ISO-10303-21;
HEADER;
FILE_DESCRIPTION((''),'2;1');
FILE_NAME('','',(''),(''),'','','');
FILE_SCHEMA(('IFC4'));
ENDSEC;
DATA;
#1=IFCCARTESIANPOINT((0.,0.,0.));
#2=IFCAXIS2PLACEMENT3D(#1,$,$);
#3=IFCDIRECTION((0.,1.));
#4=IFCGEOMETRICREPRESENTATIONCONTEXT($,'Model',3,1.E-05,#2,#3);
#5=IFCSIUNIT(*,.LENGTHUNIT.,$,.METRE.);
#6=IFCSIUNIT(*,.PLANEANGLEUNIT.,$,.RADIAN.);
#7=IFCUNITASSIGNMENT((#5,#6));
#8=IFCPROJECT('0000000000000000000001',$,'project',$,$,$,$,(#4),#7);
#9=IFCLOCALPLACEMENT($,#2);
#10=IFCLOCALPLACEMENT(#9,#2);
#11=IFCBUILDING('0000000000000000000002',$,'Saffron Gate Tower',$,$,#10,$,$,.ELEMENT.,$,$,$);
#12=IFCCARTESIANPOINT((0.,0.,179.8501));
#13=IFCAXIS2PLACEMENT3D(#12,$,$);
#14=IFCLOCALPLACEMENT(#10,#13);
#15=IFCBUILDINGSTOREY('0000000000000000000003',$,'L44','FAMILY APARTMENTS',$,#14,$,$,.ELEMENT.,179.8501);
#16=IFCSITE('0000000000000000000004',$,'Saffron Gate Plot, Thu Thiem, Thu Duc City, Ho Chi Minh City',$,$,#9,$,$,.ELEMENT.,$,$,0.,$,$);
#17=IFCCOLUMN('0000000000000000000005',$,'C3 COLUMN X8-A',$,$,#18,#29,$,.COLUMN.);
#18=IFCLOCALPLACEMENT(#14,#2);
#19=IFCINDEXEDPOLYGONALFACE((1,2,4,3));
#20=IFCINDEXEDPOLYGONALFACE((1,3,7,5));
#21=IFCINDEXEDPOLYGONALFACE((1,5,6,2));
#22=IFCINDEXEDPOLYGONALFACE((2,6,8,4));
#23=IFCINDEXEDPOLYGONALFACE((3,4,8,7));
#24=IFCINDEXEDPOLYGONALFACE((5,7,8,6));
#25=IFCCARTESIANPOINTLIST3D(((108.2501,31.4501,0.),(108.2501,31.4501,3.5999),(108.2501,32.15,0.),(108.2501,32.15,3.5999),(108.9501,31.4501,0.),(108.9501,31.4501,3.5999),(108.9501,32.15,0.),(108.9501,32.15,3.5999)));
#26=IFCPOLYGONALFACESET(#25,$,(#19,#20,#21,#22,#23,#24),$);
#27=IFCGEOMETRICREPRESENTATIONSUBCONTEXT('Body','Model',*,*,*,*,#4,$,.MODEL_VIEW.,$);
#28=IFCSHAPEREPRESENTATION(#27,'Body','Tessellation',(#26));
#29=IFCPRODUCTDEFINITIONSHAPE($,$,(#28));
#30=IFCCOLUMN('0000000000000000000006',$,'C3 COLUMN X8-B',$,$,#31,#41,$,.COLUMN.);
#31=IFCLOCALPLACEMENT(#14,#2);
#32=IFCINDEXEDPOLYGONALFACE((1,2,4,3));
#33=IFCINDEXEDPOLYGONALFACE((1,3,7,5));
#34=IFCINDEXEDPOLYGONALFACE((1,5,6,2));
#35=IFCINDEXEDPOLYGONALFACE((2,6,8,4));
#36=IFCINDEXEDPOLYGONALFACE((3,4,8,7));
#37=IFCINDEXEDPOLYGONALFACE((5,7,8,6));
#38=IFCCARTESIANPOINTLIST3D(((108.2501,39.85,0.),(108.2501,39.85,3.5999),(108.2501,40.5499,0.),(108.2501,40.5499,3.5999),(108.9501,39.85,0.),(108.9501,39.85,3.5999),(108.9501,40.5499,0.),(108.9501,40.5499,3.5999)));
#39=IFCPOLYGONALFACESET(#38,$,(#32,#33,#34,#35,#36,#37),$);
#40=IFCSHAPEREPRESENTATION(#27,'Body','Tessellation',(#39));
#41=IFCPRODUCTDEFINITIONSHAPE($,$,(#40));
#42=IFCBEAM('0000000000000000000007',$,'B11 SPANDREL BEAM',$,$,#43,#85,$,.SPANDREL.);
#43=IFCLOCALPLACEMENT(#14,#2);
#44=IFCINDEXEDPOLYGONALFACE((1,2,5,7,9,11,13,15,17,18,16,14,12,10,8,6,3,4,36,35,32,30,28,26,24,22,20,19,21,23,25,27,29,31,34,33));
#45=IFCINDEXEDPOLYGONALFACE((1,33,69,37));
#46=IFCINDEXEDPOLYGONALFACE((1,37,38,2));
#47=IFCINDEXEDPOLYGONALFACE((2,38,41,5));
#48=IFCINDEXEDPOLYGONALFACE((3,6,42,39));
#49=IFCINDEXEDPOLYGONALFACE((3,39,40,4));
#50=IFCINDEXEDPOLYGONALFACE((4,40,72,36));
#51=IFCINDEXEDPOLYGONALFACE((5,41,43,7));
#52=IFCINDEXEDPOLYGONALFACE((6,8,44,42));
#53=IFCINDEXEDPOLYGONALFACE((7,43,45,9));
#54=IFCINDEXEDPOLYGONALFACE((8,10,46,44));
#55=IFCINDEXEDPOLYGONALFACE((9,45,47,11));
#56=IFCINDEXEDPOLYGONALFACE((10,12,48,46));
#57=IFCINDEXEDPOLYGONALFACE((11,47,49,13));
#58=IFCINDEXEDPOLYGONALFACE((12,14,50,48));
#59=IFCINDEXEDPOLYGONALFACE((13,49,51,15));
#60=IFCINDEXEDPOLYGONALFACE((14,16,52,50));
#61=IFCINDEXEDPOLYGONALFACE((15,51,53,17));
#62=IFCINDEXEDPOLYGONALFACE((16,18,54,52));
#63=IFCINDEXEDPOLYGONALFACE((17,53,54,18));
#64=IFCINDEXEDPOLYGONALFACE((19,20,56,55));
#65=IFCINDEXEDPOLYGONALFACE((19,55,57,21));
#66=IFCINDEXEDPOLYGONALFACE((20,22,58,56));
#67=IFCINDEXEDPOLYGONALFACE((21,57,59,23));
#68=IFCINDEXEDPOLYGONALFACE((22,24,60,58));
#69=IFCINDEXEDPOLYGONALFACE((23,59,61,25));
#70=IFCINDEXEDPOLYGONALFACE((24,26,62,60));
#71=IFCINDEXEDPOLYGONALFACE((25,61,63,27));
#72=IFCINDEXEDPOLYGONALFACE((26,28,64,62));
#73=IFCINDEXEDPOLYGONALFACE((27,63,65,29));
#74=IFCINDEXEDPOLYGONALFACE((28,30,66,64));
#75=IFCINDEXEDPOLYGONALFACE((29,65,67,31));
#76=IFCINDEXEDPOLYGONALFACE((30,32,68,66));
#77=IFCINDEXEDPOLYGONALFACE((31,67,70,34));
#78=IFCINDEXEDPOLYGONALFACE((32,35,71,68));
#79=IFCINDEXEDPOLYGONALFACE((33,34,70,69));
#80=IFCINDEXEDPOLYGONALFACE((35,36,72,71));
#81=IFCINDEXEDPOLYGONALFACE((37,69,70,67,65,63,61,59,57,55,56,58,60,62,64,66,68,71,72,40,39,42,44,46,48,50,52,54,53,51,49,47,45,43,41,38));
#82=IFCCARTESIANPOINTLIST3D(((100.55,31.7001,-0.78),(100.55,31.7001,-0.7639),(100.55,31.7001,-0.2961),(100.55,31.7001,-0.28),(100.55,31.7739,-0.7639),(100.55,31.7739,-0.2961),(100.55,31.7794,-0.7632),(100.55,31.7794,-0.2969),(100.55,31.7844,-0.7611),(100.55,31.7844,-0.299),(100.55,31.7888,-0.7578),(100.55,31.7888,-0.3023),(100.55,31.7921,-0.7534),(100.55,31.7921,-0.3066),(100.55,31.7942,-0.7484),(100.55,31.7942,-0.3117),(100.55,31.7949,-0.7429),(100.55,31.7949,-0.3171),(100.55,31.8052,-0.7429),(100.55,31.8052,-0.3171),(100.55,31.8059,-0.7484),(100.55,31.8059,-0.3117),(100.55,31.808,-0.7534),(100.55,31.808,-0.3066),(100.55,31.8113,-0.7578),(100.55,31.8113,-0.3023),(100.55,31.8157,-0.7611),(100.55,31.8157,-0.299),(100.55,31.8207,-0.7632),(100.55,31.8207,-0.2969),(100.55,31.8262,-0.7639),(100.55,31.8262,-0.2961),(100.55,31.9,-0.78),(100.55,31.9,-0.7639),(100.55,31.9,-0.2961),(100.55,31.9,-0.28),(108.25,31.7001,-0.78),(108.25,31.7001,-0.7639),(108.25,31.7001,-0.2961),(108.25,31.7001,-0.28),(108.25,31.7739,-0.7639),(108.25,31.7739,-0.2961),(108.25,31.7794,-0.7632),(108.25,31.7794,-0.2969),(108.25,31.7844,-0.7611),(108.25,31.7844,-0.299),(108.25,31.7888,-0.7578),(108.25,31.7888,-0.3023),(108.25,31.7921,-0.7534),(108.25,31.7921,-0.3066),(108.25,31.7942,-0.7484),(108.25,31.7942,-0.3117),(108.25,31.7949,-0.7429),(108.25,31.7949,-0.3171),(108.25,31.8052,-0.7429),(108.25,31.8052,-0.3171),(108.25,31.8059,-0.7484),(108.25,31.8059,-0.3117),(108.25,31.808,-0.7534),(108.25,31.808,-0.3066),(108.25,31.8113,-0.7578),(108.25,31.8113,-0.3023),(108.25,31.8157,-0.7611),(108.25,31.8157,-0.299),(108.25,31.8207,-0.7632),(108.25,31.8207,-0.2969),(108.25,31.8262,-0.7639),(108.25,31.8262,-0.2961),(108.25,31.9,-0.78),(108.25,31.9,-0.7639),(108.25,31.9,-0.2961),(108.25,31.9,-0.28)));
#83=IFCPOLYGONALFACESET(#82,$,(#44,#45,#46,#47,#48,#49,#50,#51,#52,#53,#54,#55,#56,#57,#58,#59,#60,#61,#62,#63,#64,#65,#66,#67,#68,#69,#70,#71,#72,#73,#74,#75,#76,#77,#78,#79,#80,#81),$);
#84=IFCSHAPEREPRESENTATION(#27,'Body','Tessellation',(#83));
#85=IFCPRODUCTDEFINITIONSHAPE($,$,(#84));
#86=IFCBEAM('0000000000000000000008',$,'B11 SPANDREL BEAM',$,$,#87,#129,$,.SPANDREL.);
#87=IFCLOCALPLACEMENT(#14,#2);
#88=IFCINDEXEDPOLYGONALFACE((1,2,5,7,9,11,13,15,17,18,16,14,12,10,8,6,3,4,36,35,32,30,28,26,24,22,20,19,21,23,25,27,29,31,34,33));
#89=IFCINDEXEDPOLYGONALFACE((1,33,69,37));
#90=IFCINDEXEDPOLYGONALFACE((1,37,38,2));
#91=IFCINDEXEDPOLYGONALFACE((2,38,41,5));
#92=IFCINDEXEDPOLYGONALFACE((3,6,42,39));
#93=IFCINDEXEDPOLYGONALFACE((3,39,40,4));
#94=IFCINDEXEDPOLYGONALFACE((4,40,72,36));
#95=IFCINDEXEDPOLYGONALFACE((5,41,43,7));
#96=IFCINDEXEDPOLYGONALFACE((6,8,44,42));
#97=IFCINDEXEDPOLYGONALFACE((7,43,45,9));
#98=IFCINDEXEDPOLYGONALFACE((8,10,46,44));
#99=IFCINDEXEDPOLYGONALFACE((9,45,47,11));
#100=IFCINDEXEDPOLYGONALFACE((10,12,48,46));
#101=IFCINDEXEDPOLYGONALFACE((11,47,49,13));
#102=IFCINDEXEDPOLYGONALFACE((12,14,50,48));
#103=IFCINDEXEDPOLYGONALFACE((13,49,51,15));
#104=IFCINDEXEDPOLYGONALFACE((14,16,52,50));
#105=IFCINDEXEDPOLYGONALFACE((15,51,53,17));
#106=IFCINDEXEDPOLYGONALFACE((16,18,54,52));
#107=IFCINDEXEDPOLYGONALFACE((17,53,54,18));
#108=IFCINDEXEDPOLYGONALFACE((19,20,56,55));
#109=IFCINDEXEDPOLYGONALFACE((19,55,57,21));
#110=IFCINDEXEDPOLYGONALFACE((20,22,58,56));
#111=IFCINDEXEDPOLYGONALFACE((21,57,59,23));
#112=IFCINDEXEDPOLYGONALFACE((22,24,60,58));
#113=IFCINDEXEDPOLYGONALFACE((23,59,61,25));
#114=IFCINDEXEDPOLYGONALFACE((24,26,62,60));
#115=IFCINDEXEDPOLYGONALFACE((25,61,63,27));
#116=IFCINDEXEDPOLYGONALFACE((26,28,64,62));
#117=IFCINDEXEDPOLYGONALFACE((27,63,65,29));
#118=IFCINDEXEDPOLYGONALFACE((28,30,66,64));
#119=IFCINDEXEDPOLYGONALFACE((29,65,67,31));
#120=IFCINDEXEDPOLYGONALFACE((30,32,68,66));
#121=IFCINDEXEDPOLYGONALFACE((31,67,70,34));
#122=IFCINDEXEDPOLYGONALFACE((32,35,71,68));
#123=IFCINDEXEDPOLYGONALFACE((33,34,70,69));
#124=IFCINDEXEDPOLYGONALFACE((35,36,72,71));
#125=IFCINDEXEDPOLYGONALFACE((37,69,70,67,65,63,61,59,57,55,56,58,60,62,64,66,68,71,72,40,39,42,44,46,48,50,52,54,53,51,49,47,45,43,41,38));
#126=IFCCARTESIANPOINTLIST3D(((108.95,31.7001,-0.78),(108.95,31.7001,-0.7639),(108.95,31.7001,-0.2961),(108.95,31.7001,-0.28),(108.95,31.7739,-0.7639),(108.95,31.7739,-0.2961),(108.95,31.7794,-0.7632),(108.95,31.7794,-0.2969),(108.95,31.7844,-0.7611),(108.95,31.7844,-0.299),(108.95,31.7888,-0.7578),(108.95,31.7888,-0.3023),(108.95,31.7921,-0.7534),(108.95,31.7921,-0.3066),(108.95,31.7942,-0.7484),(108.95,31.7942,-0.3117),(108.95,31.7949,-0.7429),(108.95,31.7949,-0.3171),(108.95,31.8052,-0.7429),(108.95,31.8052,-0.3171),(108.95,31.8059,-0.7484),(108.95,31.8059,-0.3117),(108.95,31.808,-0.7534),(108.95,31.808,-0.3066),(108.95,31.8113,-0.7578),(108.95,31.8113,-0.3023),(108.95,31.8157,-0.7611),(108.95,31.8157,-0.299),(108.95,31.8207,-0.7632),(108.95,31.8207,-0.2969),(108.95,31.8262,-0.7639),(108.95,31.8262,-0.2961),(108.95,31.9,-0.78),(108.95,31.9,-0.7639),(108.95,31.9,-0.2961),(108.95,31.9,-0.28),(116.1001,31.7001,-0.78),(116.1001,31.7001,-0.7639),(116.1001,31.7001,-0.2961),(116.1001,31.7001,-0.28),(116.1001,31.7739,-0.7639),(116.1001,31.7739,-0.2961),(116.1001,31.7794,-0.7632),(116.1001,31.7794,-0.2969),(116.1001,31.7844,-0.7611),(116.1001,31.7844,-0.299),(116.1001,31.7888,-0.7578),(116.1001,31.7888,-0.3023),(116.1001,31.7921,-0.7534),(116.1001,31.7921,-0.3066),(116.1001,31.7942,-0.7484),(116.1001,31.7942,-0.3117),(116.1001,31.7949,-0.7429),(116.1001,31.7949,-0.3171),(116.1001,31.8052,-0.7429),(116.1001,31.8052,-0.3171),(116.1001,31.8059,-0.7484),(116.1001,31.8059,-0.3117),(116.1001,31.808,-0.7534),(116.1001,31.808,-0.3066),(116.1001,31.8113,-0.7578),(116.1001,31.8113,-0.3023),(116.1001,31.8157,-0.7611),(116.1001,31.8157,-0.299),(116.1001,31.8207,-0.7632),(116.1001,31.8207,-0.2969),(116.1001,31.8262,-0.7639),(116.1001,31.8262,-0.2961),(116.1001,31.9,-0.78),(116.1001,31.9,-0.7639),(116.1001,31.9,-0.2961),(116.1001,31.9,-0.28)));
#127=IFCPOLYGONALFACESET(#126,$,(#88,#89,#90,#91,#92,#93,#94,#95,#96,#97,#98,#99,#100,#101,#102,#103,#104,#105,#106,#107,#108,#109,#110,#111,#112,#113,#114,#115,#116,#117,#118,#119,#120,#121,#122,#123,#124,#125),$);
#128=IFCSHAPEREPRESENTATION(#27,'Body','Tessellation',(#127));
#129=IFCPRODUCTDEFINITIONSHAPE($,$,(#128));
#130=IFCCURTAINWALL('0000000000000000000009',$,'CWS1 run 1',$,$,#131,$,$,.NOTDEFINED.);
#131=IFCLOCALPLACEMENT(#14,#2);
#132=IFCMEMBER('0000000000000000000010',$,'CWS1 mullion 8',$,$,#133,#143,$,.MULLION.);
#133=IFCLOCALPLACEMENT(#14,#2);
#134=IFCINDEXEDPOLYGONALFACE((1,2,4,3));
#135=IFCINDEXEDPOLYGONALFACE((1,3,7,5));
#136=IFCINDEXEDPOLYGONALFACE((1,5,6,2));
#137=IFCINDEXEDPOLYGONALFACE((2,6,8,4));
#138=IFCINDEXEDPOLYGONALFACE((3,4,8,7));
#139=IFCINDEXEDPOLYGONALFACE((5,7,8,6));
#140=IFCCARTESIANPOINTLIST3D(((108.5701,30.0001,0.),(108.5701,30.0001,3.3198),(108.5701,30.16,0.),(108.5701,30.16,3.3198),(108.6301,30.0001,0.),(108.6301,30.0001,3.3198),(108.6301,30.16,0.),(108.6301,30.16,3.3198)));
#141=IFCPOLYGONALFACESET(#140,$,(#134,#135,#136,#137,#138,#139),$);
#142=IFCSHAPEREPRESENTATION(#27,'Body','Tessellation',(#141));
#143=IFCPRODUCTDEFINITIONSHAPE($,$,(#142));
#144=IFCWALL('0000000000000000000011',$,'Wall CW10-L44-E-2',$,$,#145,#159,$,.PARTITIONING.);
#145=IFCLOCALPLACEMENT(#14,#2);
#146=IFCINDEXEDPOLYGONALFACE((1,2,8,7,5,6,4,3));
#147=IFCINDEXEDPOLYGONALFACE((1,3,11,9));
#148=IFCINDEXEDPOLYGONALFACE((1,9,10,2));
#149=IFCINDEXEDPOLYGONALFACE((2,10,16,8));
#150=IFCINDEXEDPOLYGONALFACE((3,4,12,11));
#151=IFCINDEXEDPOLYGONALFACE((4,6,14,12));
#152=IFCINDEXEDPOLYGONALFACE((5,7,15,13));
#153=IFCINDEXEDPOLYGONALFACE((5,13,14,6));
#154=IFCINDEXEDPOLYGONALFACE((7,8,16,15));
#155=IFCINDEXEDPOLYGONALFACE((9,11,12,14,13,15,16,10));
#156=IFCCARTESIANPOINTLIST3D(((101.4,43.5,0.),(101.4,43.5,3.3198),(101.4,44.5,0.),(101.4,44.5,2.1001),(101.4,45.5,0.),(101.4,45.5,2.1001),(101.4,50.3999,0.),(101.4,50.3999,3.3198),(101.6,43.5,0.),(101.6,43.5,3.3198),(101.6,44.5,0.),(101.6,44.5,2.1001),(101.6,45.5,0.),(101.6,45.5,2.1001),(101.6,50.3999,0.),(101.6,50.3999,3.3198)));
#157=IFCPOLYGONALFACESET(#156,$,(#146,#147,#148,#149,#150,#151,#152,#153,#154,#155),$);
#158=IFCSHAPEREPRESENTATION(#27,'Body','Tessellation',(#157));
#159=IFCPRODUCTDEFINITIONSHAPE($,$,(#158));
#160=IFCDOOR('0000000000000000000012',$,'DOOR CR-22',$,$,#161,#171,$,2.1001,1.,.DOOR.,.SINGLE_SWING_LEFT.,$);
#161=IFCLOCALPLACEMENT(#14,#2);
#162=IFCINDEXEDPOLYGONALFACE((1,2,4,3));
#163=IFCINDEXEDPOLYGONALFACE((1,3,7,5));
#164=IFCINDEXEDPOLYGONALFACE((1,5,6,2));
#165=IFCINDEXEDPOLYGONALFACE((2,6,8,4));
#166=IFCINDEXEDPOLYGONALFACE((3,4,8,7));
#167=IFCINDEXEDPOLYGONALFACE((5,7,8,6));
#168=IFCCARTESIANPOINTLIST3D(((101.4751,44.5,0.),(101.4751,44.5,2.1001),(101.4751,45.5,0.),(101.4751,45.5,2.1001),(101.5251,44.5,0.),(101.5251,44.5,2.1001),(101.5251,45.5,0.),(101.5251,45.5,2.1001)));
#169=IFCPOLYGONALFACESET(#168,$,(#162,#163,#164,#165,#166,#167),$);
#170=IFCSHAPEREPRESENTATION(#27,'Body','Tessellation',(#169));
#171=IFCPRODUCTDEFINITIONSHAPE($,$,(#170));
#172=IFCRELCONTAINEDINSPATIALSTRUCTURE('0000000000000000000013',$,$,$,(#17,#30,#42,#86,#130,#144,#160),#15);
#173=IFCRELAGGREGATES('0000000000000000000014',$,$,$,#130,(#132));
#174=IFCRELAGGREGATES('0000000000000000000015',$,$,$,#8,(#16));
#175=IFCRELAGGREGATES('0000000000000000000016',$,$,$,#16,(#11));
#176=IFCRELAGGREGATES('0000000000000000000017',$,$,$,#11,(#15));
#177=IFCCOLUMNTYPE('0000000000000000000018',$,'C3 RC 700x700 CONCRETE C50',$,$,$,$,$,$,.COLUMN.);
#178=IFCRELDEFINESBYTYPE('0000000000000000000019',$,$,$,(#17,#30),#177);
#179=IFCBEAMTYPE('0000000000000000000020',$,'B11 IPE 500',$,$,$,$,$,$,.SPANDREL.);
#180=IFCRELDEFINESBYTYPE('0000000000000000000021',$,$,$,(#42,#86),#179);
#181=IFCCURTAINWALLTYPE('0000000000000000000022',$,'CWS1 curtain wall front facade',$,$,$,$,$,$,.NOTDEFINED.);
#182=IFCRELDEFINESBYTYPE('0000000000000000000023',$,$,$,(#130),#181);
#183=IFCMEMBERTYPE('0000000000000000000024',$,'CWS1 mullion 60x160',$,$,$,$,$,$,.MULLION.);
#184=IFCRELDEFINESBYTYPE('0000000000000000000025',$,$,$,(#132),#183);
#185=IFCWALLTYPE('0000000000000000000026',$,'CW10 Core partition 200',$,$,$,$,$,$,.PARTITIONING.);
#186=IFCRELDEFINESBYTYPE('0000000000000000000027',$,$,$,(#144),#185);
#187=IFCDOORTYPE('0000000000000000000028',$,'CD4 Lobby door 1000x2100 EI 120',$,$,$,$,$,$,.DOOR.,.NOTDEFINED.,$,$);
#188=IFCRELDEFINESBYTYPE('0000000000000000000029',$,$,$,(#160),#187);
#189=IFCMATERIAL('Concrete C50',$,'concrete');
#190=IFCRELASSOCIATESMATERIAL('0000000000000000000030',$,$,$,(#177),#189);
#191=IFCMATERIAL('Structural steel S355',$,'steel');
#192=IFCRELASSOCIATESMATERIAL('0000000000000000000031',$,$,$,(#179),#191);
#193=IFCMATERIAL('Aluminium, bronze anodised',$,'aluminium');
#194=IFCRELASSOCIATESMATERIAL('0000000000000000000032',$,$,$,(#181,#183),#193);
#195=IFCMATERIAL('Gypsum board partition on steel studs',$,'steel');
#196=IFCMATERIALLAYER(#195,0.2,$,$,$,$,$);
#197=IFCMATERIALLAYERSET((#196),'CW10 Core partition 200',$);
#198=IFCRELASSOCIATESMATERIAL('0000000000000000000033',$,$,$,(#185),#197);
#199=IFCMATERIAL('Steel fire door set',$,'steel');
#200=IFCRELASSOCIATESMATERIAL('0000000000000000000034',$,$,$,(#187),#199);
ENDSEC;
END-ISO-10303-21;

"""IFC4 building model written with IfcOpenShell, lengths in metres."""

from ifc_helpers import new_model, si_unit, direction, frame, frame_2d, origin, origin_2d, place, context, subcontext, project, spatial, rectangle, i_section, extrude, material, layer, layer_set, material_profile, profile_set, type_object, element, fill, aggregate, save


model = new_model("IFC4")

# Units and contexts
model_context = context("Model", 3, precision=1e-05, world=origin(), true_north=direction((0.0, 1.0)))
body_context = subcontext(model_context, "Body", "Model", "MODEL_VIEW")
ifc_project = project(units=[si_unit("LENGTHUNIT", "METRE"), si_unit("PLANEANGLEUNIT", "RADIAN")], contexts=[model_context])

# Site, building, storey
site_placement = place(None, origin())
site = spatial("IfcSite", under=ifc_project, at=site_placement, Name="Saffron Gate Plot, Thu Thiem, Thu Duc City, Ho Chi Minh City", CompositionType="ELEMENT", RefElevation=0.0)
building_placement = place(site_placement, origin())
building = spatial("IfcBuilding", under=site, at=building_placement, Name="Saffron Gate Tower", CompositionType="ELEMENT")
storey_placement = place(building_placement, frame((0.0, 0.0, 179.8501)))
storey = spatial("IfcBuildingStorey", under=building, at=storey_placement, Name="L44", Description="FAMILY APARTMENTS", CompositionType="ELEMENT", Elevation=179.8501)

# Columns
ifc_material_1 = material(Name="Concrete C50", Category="concrete")
ifc_material_profile_1 = material_profile(ifc_material_1, rectangle(XDim=0.7, YDim=0.7, at=origin_2d()))
ifc_profile_set_1 = profile_set([ifc_material_profile_1], Name="Concrete C50")
column_type = type_object("IfcColumnType", Name="C3 RC 700x700 CONCRETE C50", PredefinedType="COLUMN", material=ifc_profile_set_1)
for number, where, z_axis, x_axis, name in (
    (1, (108.6001, 31.8, 0.0), (0.0, 0.0, 1.0), (1.0, 0.0, 0.0), "C3 COLUMN X8-A"),
    (2, (108.6001, 40.2, 0.0), (0.0, 0.0, 1.0), (1.0, 0.0, 0.0), "C3 COLUMN X8-B"),
):
    element("IfcColumn", number, at=place(storey_placement, frame(where, z_axis=z_axis, x_axis=x_axis)), inside=storey, type_object=column_type, Name=name, PredefinedType="COLUMN", context=body_context, shape_type="SweptSolid", body=[
        extrude(rectangle(XDim=0.7, YDim=0.7, at=origin_2d()), origin(), (0.0, 0.0, 1.0), 3.5999),
    ])

# Beams
ifc_material_2 = material(Name="Structural steel S355", Category="steel")
ifc_material_profile_2 = material_profile(ifc_material_2, i_section(OverallWidth=0.2, OverallDepth=0.5, WebThickness=0.0103, FlangeThickness=0.0161, FilletRadius=0.021, at=origin_2d()))
ifc_profile_set_2 = profile_set([ifc_material_profile_2], Name="Structural steel S355")
beam_type = type_object("IfcBeamType", Name="B11 IPE 500", PredefinedType="SPANDREL", material=ifc_profile_set_2)
beam_1_placement = place(storey_placement, frame((100.55, 31.8, -0.53), z_axis=(1.0, 0.0, 0.0), x_axis=(0.0, 1.0, 0.0)))
element("IfcBeam", 3, at=beam_1_placement, inside=storey, type_object=beam_type, Name="B11 SPANDREL BEAM", PredefinedType="SPANDREL", context=body_context, shape_type="SweptSolid", body=[
    extrude(i_section(OverallWidth=0.2, OverallDepth=0.5, WebThickness=0.0103, FlangeThickness=0.0161, FilletRadius=0.021, at=origin_2d()), origin(), (0.0, 0.0, 1.0), 7.7),
])
beam_2_placement = place(storey_placement, frame((108.95, 31.8, -0.53), z_axis=(1.0, 0.0, 0.0), x_axis=(0.0, 1.0, 0.0)))
element("IfcBeam", 4, at=beam_2_placement, inside=storey, type_object=beam_type, Name="B11 SPANDREL BEAM", PredefinedType="SPANDREL", context=body_context, shape_type="SweptSolid", body=[
    extrude(i_section(OverallWidth=0.2, OverallDepth=0.5, WebThickness=0.0103, FlangeThickness=0.0161, FilletRadius=0.021, at=origin_2d()), origin(), (0.0, 0.0, 1.0), 7.1501),
])

# Curtain wall, member
ifc_material_3 = material(Name="Aluminium, bronze anodised", Category="aluminium")
curtain_wall_type = type_object("IfcCurtainWallType", Name="CWS1 curtain wall front facade", PredefinedType="NOTDEFINED", material=ifc_material_3)
curtain_wall_placement = place(storey_placement, origin())
curtain_wall = element("IfcCurtainWall", 5, at=curtain_wall_placement, inside=storey, type_object=curtain_wall_type, Name="CWS1 run 1", PredefinedType="NOTDEFINED")
ifc_material_profile_3 = material_profile(ifc_material_3, rectangle(XDim=0.1599, YDim=0.0601, at=origin_2d()))
ifc_profile_set_3 = profile_set([ifc_material_profile_3], Name="Aluminium, bronze anodised")
member_type = type_object("IfcMemberType", Name="CWS1 mullion 60x160", PredefinedType="MULLION", material=ifc_profile_set_3)
member_placement = place(storey_placement, frame((108.6001, 30.0801, 0.0), z_axis=(0.0, 0.0, 1.0), x_axis=(0.0, 1.0, 0.0)))
member = element("IfcMember", 6, at=member_placement, type_object=member_type, Name="CWS1 mullion 8", PredefinedType="MULLION", context=body_context, shape_type="SweptSolid", body=[
    extrude(rectangle(XDim=0.1599, YDim=0.0601, at=origin_2d()), origin(), (0.0, 0.0, 1.0), 3.3198),
])
aggregate(curtain_wall, [member])

# Wall, opening, door
ifc_material_4 = material(Name="Gypsum board partition on steel studs", Category="steel")
ifc_layer_1 = layer(ifc_material_4, 0.2)
ifc_layer_set_1 = layer_set([ifc_layer_1], Name="CW10 Core partition 200")
wall_type_1 = type_object("IfcWallType", Name="CW10 Core partition 200", PredefinedType="PARTITIONING", material=ifc_layer_set_1)
wall_1_placement = place(storey_placement, frame((101.5, 43.5, 0.0), z_axis=(0.0, 0.0, 1.0), x_axis=(0.0, 1.0, 0.0)))
wall_1 = element("IfcWall", 7, at=wall_1_placement, inside=storey, type_object=wall_type_1, Name="Wall CW10-L44-E-2", PredefinedType="PARTITIONING", context=body_context, shape_type="SweptSolid", body=[
    extrude(rectangle(XDim=6.8999, YDim=0.2, at=frame_2d((3.45, 0.0))), origin(), (0.0, 0.0, 1.0), 3.3198),
])
opening_1_placement = place(wall_1_placement, frame((1.0, 0.0, 0.0)))
opening_1 = element("IfcOpeningElement", 8, at=opening_1_placement, cuts=wall_1, PredefinedType="OPENING", context=body_context, shape_type="SweptSolid", body=[
    extrude(rectangle(XDim=1.0, YDim=2.1001, at=frame_2d((0.5, 1.05))), frame((0.0, 0.1099, 0.0), z_axis=(0.0, -1.0, 0.0), x_axis=(1.0, 0.0, 0.0)), (0.0, 0.0, 1.0), 0.22),
])
ifc_material_5 = material(Name="Steel fire door set", Category="steel")
door_type_1 = type_object("IfcDoorType", Name="CD4 Lobby door 1000x2100 EI 120", OperationType="NOTDEFINED", PredefinedType="DOOR", material=ifc_material_5)
door_1_placement = place(opening_1_placement, origin())
door_1 = element("IfcDoor", 9, at=door_1_placement, inside=storey, type_object=door_type_1, Name="DOOR CR-22", OperationType="SINGLE_SWING_LEFT", OverallHeight=2.1001, OverallWidth=1.0, PredefinedType="DOOR", context=body_context, shape_type="SweptSolid", body=[
    extrude(rectangle(XDim=1.0, YDim=2.1001, at=frame_2d((0.5, 1.05))), frame((0.0, 0.0249, 0.0), z_axis=(0.0, -1.0, 0.0), x_axis=(1.0, 0.0, 0.0)), (0.0, 0.0, 1.0), 0.05),
])
fill(opening_1, door_1)

save(model, "model.ifc")
